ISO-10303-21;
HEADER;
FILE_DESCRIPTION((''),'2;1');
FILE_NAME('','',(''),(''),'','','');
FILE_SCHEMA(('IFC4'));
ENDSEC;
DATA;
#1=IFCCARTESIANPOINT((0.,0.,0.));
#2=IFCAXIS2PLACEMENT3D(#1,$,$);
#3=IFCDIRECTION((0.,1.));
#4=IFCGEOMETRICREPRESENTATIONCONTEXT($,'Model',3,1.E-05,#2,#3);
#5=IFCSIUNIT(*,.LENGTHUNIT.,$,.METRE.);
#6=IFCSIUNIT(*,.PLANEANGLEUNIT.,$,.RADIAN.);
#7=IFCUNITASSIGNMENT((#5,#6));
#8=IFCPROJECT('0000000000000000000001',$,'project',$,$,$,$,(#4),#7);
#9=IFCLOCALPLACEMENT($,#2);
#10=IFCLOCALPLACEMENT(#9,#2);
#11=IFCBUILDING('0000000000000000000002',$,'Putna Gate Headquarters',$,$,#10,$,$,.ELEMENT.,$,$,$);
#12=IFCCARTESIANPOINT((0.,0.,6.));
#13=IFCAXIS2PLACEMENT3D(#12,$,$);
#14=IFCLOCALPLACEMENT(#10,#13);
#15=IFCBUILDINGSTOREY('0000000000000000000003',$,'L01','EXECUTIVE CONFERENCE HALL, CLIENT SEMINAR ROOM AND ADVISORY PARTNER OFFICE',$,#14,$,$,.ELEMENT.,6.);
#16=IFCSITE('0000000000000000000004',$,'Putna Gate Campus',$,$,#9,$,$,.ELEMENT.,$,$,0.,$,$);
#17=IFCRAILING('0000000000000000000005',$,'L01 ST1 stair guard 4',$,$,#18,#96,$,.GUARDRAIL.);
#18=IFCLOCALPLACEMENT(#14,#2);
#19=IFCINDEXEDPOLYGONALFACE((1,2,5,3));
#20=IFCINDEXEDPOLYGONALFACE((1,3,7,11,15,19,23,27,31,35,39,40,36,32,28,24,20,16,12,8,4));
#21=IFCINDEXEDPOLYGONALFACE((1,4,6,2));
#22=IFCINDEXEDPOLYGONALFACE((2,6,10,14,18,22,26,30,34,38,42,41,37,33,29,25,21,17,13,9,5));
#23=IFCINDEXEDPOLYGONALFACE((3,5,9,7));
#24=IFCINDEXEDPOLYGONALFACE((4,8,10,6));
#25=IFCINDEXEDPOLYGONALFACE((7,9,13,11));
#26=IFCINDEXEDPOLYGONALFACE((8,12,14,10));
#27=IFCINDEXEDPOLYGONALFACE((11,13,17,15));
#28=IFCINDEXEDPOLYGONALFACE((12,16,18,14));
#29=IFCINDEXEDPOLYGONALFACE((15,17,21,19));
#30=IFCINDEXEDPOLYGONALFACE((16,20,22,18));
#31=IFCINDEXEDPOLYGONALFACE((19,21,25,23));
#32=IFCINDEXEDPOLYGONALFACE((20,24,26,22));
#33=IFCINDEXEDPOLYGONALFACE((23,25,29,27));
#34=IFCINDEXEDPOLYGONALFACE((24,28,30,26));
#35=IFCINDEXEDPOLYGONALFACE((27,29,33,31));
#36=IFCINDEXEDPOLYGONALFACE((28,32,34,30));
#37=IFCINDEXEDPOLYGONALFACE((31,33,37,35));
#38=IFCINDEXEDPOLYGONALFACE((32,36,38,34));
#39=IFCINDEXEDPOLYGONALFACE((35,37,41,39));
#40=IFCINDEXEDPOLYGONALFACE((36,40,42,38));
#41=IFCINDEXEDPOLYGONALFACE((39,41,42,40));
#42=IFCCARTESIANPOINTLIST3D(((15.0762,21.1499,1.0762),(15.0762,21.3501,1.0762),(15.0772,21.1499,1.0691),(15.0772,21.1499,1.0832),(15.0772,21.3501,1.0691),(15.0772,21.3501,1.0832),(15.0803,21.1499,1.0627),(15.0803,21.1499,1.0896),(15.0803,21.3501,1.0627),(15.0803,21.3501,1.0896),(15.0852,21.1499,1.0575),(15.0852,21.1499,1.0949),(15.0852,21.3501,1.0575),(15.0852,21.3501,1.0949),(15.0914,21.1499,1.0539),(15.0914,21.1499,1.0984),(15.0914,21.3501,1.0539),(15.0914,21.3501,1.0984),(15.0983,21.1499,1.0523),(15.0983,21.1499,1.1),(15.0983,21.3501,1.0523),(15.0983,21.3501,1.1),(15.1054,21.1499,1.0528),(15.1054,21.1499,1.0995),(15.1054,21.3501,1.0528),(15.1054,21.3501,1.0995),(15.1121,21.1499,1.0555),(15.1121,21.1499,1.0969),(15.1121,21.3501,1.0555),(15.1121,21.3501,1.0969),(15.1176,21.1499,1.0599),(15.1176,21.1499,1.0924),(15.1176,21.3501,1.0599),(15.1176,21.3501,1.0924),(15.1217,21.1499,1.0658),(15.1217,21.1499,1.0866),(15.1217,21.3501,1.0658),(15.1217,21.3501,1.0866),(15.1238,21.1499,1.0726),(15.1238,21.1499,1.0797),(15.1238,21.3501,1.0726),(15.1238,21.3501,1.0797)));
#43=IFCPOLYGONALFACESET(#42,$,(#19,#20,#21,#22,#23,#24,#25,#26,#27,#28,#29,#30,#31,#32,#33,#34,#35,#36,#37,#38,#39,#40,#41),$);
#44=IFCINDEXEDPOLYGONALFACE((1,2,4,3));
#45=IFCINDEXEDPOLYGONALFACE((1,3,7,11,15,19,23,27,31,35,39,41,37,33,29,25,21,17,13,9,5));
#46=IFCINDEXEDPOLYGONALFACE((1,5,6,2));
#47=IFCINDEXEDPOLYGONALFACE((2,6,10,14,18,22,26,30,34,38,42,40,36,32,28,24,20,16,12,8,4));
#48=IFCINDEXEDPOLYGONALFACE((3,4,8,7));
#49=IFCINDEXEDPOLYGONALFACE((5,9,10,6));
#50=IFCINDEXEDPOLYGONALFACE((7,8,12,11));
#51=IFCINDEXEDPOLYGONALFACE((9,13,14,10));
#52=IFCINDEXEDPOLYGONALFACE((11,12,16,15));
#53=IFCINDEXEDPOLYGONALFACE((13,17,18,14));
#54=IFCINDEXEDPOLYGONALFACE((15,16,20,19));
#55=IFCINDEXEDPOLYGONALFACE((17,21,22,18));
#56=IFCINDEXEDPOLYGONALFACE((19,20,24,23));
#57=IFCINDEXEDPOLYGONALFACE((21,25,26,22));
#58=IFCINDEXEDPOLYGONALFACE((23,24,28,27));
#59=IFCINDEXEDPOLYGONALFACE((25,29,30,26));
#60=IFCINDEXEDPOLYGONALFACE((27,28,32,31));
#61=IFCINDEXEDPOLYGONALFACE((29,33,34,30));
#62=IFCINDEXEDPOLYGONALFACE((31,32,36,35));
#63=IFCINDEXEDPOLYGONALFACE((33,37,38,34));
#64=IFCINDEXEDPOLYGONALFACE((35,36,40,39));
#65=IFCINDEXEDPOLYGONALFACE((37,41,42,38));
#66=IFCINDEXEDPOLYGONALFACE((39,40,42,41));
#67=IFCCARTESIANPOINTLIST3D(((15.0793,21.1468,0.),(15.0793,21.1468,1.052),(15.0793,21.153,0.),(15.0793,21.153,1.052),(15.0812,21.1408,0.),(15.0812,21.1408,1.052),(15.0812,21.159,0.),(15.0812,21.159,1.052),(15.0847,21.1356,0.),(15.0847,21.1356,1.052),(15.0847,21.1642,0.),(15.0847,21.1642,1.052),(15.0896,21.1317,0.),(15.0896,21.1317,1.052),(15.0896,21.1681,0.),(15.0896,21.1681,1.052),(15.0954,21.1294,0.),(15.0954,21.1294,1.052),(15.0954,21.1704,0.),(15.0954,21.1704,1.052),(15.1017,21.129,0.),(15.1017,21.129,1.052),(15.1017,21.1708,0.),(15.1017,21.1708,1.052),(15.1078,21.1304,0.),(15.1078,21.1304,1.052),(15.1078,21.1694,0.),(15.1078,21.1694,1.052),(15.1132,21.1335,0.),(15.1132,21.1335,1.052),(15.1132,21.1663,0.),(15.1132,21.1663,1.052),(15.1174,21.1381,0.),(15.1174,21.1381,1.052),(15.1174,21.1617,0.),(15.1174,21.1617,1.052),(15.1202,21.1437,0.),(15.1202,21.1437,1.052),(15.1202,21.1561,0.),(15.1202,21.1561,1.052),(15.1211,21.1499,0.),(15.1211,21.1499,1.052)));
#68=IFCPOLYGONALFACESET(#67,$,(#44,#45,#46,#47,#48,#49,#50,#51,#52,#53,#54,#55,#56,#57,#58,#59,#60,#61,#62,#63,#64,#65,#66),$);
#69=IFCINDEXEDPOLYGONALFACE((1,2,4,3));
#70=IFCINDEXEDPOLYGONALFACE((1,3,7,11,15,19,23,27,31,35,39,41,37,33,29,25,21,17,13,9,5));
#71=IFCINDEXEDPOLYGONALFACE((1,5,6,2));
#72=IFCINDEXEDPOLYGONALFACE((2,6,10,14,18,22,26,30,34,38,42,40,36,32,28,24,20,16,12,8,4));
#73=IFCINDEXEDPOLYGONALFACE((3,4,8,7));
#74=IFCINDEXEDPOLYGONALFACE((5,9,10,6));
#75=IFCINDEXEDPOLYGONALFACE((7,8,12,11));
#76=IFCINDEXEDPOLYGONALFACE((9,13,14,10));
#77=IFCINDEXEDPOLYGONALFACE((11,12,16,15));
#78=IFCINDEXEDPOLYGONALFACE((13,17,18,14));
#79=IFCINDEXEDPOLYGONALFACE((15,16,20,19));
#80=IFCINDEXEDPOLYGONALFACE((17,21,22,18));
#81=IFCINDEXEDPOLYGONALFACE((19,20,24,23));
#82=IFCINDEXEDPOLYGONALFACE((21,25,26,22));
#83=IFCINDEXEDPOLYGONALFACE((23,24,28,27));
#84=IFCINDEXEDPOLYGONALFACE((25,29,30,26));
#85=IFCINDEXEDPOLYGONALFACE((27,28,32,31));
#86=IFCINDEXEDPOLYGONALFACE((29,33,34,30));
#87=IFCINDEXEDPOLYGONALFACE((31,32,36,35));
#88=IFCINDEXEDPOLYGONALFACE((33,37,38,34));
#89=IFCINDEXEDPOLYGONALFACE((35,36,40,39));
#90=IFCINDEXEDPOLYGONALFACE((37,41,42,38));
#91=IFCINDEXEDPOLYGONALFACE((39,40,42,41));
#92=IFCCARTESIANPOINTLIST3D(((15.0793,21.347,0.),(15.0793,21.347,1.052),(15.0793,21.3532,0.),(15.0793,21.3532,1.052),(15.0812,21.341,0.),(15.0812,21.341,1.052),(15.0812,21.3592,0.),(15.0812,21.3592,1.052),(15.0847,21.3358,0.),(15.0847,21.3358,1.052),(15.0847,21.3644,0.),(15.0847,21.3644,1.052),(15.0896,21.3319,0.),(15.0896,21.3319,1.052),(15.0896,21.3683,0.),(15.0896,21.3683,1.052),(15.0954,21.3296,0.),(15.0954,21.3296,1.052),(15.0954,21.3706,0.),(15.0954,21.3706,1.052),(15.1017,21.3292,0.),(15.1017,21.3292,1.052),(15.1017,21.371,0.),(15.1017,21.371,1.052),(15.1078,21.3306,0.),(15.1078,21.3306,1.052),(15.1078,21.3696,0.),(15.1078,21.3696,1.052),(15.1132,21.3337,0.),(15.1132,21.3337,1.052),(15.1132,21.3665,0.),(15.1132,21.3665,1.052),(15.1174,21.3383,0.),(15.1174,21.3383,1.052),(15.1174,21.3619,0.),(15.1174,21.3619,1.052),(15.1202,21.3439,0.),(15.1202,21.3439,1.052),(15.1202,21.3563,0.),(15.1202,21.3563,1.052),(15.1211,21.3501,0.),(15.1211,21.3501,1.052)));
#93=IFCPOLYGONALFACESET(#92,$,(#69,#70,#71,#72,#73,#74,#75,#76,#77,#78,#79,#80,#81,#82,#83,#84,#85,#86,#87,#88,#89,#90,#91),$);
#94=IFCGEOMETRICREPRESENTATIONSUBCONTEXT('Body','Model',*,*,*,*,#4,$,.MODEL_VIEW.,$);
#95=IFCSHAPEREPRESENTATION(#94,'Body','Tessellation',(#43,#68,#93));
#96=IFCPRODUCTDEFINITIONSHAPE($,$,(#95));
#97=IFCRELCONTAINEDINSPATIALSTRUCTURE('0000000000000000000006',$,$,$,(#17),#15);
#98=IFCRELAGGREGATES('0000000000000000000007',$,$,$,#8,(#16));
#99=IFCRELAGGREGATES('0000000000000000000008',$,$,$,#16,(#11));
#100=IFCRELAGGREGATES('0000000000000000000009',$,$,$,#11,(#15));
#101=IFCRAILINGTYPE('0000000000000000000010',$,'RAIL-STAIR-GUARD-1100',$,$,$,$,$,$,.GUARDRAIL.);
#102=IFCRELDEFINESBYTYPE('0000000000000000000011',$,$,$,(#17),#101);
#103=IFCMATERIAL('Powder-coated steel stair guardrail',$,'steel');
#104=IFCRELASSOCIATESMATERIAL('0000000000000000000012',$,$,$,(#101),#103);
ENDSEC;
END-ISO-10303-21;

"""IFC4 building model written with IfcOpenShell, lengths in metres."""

from ifc_helpers import new_model, si_unit, direction, frame, origin, origin_2d, place, context, subcontext, project, spatial, circle, extrude, material, type_object, element, save


model = new_model("IFC4")

# Units and contexts
model_context = context("Model", 3, precision=1e-05, world=origin(), true_north=direction((0.0, 1.0)))
body_context = subcontext(model_context, "Body", "Model", "MODEL_VIEW")
ifc_project = project(units=[si_unit("LENGTHUNIT", "METRE"), si_unit("PLANEANGLEUNIT", "RADIAN")], contexts=[model_context])

# Site, building, storey
site_placement = place(None, origin())
site = spatial("IfcSite", under=ifc_project, at=site_placement, Name="Putna Gate Campus", CompositionType="ELEMENT", RefElevation=0.0)
building_placement = place(site_placement, origin())
building = spatial("IfcBuilding", under=site, at=building_placement, Name="Putna Gate Headquarters", CompositionType="ELEMENT")
storey_placement = place(building_placement, frame((0.0, 0.0, 6.0)))
storey = spatial("IfcBuildingStorey", under=building, at=storey_placement, Name="L01", Description="EXECUTIVE CONFERENCE HALL, CLIENT SEMINAR ROOM AND ADVISORY PARTNER OFFICE", CompositionType="ELEMENT", Elevation=6.0)

# Railing
ifc_material_1 = material(Name="Powder-coated steel stair guardrail", Category="steel")
railing_type = type_object("IfcRailingType", Name="RAIL-STAIR-GUARD-1100", PredefinedType="GUARDRAIL", material=ifc_material_1)
railing_1_placement = place(storey_placement, frame((15.1001, 21.1499, 0.0)))
element("IfcRailing", 1, at=railing_1_placement, inside=storey, type_object=railing_type, Name="L01 ST1 stair guard 4", PredefinedType="GUARDRAIL", context=body_context, shape_type="SweptSolid", body=[
    extrude(circle(Radius=0.0239, at=origin_2d()), frame((0.0, 0.0, 1.0762), z_axis=(0.0, 1.0, 0.0), x_axis=(-1.0, 0.0, 0.0)), (0.0, 0.0, 1.0), 0.2002),
    extrude(circle(Radius=0.021, at=origin_2d()), origin(), (0.0, 0.0, 1.0), 1.052),
    extrude(circle(Radius=0.021, at=origin_2d()), frame((0.0, 0.2002, 0.0)), (0.0, 0.0, 1.0), 1.052),
])

save(model, "model.ifc")
